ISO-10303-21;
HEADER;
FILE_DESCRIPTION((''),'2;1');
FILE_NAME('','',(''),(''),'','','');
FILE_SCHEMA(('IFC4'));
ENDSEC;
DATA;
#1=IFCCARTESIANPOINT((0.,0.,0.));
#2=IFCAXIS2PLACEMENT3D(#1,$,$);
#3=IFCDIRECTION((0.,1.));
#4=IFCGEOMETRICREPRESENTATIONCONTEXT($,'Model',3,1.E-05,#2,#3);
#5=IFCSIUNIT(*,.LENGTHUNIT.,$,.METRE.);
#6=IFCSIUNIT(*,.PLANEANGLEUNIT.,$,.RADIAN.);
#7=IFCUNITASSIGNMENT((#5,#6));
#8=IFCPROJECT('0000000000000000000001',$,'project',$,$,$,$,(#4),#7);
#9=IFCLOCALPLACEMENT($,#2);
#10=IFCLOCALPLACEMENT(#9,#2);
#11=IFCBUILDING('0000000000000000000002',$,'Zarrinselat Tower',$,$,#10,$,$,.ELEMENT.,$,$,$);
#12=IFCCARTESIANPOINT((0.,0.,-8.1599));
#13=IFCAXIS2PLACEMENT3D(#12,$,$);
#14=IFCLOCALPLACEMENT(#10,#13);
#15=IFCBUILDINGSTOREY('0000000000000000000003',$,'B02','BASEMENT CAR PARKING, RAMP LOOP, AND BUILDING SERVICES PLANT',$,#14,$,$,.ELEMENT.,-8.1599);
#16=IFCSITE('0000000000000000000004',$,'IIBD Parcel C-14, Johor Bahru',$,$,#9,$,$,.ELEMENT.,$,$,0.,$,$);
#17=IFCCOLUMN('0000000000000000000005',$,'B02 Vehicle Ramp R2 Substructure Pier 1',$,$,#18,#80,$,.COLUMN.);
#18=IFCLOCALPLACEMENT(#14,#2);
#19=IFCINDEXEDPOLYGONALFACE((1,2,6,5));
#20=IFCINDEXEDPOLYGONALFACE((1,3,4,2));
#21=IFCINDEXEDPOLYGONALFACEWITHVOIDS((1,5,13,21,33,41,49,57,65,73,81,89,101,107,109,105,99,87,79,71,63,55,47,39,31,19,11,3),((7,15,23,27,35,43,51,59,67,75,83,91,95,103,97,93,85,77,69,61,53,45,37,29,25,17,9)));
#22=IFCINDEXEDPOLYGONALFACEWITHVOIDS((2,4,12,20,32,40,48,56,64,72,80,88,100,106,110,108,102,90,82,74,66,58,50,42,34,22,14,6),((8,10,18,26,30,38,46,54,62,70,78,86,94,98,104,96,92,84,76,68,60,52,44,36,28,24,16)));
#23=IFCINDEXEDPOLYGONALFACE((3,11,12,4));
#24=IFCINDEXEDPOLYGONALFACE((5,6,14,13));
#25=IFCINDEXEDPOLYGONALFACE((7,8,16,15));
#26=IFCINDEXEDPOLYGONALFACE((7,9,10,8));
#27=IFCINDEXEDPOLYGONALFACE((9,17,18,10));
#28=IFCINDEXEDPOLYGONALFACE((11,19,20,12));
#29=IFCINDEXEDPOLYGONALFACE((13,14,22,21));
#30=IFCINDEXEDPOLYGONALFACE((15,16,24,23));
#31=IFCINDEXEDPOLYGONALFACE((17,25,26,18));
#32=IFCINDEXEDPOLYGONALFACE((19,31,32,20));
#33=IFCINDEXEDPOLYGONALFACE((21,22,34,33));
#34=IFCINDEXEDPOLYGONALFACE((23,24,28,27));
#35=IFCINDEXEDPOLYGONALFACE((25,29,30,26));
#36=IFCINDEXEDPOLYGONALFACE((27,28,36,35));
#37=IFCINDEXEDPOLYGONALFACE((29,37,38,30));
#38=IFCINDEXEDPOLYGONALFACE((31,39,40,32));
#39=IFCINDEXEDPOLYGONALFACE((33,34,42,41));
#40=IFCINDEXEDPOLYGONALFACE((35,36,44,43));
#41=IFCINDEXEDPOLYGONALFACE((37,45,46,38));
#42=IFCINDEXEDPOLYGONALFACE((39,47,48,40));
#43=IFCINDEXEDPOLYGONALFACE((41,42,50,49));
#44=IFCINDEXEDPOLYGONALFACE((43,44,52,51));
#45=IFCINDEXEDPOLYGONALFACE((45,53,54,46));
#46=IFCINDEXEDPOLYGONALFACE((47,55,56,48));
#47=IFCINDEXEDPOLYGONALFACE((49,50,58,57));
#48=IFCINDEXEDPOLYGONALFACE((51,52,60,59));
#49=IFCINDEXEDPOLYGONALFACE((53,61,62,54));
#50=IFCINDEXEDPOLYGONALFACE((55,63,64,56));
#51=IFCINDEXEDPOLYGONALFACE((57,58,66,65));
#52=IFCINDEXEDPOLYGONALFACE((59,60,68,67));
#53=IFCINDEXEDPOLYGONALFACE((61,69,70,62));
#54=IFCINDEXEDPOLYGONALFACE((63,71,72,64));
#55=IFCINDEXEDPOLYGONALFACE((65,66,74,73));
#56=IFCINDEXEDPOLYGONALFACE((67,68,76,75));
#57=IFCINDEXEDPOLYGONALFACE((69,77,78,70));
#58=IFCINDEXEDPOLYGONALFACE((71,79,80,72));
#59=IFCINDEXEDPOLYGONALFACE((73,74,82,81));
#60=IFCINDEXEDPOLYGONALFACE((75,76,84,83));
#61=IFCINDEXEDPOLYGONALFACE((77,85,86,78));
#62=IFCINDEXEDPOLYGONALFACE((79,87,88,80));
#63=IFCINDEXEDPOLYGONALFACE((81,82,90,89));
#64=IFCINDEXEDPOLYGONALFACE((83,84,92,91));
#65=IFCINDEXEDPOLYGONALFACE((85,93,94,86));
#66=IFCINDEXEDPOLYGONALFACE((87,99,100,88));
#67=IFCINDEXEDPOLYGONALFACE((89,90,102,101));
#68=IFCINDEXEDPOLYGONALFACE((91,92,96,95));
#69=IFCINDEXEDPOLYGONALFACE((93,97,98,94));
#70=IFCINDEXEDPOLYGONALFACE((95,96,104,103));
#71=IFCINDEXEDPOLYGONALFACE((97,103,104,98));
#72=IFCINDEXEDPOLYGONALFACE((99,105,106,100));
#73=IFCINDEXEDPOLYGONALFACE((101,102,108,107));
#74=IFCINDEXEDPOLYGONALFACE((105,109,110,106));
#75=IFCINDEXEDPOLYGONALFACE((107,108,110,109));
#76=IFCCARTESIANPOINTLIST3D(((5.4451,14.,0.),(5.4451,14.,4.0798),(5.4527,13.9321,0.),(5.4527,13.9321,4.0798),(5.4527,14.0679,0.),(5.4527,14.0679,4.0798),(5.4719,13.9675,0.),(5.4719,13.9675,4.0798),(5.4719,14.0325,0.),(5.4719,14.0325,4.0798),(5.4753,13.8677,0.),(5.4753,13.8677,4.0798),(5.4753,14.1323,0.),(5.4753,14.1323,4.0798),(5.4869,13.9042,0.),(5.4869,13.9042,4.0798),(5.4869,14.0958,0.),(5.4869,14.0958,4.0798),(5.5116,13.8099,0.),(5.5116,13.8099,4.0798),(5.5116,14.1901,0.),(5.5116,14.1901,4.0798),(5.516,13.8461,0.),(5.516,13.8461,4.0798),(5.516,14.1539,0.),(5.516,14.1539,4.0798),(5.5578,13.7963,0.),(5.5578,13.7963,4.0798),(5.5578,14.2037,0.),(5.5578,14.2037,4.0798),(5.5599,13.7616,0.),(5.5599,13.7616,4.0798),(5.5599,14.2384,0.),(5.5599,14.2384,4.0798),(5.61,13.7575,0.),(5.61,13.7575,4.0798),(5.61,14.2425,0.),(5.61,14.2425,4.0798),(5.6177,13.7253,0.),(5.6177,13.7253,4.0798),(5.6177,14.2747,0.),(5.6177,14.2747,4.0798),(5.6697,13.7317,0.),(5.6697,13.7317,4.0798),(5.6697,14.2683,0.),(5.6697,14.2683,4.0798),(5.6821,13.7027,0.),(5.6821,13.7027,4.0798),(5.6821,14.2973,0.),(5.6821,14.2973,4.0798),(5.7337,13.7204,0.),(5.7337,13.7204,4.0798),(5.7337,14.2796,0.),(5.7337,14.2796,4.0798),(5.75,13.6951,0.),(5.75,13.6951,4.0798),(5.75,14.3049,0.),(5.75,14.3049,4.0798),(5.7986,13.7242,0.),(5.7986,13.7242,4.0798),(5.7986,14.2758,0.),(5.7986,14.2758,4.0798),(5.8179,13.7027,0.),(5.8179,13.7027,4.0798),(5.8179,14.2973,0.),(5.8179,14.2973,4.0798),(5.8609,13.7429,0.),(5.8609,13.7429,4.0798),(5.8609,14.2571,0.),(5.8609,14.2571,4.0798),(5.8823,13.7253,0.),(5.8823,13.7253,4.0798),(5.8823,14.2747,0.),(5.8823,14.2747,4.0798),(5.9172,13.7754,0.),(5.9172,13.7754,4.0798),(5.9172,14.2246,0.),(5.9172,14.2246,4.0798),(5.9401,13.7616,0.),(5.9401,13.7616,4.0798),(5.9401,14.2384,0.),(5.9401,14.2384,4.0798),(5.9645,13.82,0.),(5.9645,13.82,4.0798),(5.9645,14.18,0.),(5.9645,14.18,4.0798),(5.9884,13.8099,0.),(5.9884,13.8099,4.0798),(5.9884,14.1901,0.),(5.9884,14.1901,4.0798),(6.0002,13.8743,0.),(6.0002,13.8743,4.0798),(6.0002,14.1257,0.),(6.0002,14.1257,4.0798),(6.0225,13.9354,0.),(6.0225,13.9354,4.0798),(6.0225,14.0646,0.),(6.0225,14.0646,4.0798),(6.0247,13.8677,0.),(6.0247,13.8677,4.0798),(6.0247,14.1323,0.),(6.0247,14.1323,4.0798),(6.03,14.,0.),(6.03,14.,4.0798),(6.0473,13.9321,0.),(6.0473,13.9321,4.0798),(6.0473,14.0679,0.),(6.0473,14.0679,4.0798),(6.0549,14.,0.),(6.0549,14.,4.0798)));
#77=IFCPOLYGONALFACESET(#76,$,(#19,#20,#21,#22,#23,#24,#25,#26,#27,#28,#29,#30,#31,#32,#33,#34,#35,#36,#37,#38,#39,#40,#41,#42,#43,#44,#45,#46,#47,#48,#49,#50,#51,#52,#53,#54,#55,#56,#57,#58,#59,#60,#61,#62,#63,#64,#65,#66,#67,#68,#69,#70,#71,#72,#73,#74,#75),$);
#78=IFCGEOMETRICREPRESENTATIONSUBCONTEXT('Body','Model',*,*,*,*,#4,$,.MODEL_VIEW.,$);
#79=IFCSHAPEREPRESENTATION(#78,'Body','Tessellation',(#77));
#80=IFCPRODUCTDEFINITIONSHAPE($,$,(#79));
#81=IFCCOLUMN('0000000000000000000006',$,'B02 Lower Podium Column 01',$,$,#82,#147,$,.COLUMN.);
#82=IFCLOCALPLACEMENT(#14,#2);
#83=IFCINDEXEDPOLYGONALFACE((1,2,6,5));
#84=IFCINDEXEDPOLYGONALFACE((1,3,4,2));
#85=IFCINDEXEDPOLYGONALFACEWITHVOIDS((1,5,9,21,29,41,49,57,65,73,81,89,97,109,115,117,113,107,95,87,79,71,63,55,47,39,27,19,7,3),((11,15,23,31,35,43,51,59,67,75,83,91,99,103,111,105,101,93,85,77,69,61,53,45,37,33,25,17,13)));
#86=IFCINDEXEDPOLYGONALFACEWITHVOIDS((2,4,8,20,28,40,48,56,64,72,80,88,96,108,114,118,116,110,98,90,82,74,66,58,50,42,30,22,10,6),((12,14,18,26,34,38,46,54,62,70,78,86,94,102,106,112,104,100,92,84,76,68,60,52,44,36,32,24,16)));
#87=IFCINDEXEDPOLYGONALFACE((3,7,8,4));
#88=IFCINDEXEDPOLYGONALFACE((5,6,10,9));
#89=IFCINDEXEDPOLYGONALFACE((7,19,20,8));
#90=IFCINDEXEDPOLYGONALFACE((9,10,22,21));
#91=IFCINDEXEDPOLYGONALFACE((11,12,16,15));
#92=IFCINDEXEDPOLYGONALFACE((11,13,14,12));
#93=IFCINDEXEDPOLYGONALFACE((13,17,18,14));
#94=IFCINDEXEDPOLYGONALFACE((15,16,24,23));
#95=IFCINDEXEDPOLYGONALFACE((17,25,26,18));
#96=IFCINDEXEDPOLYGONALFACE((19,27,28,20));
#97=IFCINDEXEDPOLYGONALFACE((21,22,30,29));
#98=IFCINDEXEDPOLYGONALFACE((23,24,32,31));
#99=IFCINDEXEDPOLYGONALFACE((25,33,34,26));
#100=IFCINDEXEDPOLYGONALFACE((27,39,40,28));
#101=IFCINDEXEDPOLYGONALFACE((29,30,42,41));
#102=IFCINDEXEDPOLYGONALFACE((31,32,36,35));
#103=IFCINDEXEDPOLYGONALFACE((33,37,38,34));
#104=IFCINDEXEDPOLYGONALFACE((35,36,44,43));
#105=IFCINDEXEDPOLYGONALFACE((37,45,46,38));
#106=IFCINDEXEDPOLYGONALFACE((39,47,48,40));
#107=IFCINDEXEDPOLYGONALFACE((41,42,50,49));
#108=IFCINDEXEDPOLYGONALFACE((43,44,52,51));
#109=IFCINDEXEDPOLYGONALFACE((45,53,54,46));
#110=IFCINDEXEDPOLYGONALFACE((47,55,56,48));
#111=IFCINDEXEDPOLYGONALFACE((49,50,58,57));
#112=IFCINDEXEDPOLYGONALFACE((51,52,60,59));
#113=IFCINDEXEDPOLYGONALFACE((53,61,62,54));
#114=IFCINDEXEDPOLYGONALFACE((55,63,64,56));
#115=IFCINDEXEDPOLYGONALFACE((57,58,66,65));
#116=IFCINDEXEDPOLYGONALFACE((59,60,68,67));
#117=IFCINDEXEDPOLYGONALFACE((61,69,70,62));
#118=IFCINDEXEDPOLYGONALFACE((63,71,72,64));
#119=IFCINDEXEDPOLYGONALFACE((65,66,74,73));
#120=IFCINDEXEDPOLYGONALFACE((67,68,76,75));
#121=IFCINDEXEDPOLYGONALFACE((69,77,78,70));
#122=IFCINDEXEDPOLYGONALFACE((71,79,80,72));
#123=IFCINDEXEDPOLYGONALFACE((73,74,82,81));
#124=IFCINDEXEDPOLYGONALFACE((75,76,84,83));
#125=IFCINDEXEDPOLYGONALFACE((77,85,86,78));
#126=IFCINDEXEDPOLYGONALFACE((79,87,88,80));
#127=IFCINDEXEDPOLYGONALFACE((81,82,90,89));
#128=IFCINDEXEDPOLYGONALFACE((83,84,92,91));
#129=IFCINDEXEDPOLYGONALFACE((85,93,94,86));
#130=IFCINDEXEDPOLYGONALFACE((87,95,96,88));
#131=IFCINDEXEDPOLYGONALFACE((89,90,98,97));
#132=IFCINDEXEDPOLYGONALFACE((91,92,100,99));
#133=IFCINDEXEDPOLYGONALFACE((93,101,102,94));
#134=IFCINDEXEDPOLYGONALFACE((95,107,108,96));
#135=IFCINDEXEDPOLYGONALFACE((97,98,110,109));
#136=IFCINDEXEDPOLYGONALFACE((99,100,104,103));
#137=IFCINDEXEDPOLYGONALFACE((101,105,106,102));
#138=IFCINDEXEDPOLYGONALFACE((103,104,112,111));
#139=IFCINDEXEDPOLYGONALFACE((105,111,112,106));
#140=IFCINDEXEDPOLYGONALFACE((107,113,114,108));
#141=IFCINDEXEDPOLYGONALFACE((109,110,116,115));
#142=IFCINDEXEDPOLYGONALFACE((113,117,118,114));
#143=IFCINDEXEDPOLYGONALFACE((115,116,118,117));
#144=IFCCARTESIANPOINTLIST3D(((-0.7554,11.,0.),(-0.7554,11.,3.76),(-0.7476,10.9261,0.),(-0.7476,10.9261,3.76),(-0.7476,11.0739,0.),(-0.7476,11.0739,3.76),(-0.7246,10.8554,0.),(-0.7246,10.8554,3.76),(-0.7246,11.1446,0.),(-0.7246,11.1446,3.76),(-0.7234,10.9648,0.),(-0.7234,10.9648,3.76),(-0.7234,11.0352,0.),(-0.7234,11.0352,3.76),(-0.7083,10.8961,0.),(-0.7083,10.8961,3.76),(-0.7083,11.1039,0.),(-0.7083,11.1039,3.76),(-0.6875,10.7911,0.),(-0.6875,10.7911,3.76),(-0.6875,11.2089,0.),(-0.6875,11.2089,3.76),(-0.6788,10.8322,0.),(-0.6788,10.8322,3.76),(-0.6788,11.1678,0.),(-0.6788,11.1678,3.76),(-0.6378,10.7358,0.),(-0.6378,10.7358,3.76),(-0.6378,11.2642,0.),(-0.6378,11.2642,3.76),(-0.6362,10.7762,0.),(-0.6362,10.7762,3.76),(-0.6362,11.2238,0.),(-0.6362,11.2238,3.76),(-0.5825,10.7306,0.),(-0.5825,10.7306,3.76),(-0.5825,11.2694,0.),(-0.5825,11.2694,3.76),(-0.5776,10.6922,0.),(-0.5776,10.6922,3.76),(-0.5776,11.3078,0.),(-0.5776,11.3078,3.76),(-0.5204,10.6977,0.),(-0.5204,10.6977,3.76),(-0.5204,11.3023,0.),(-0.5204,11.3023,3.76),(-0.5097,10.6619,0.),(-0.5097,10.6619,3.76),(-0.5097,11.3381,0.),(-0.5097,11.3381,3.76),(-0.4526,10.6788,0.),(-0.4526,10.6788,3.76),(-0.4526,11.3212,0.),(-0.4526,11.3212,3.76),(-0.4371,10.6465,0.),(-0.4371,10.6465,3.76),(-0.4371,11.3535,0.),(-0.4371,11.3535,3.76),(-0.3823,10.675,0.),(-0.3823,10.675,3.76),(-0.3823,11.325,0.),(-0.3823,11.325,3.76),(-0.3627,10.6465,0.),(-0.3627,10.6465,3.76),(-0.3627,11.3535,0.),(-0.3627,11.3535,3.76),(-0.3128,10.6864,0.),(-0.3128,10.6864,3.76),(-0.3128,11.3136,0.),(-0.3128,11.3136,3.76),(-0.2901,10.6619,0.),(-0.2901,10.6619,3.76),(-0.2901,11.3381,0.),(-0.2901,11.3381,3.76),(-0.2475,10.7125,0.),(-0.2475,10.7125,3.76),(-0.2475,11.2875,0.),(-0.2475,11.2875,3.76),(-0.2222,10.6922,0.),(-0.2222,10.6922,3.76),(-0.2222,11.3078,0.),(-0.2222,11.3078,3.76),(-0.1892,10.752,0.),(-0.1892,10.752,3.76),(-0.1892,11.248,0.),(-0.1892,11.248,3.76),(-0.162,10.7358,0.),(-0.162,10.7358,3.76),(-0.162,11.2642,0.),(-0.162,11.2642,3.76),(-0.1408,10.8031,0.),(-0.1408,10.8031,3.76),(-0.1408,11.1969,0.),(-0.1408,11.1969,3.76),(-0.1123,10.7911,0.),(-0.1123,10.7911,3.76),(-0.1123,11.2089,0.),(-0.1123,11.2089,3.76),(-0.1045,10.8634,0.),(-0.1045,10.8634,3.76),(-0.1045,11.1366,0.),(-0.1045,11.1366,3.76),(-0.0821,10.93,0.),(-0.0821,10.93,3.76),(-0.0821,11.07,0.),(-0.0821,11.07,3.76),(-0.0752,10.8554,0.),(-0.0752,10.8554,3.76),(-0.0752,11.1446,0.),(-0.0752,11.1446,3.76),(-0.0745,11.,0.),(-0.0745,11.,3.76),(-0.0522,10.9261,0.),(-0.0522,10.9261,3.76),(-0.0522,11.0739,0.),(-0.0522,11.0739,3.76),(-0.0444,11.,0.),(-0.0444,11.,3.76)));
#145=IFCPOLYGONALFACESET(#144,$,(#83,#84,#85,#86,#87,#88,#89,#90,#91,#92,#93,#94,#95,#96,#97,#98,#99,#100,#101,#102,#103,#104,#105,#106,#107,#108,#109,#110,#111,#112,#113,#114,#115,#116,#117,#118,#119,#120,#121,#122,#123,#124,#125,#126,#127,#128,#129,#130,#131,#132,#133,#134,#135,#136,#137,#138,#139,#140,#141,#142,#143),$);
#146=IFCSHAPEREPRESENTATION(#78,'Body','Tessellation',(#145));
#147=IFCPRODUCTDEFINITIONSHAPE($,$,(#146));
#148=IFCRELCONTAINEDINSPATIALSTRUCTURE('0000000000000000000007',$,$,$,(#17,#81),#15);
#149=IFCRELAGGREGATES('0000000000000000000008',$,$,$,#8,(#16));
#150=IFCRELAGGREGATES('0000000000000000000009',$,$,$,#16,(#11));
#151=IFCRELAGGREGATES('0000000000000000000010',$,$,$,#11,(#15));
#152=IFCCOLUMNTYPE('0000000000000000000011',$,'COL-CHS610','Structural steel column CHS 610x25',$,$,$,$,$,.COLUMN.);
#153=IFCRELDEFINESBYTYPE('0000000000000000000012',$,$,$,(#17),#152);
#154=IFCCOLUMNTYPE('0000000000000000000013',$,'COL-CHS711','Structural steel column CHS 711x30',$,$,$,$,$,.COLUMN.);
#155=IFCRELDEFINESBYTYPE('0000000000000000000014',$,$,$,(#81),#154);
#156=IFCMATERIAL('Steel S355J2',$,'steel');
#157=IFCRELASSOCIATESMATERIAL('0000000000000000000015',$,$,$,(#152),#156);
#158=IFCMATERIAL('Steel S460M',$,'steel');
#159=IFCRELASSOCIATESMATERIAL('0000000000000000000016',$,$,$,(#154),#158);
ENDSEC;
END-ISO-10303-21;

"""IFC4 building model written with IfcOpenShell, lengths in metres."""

from ifc_helpers import new_model, si_unit, direction, frame, origin, origin_2d, place, context, subcontext, project, spatial, hollow_circle, extrude, material, material_profile, profile_set, type_object, element, save


model = new_model("IFC4")

# Units and contexts
model_context = context("Model", 3, precision=1e-05, world=origin(), true_north=direction((0.0, 1.0)))
body_context = subcontext(model_context, "Body", "Model", "MODEL_VIEW")
ifc_project = project(units=[si_unit("LENGTHUNIT", "METRE"), si_unit("PLANEANGLEUNIT", "RADIAN")], contexts=[model_context])

# Site, building, storey
site_placement = place(None, origin())
site = spatial("IfcSite", under=ifc_project, at=site_placement, Name="IIBD Parcel C-14, Johor Bahru", CompositionType="ELEMENT", RefElevation=0.0)
building_placement = place(site_placement, origin())
building = spatial("IfcBuilding", under=site, at=building_placement, Name="Zarrinselat Tower", CompositionType="ELEMENT")
storey_placement = place(building_placement, frame((0.0, 0.0, -8.1599)))
storey = spatial("IfcBuildingStorey", under=building, at=storey_placement, Name="B02", Description="BASEMENT CAR PARKING, RAMP LOOP, AND BUILDING SERVICES PLANT", CompositionType="ELEMENT", Elevation=-8.1599)

# Columns
ifc_material_1 = material(Name="Steel S355J2", Category="steel")
ifc_material_profile_1 = material_profile(ifc_material_1, hollow_circle(Radius=0.3049, WallThickness=0.0249, at=origin_2d()), Name="CHS 610x25")
ifc_profile_set_1 = profile_set([ifc_material_profile_1], Name="Steel S355J2")
column_type_1 = type_object("IfcColumnType", Name="COL-CHS610", Description="Structural steel column CHS 610x25", PredefinedType="COLUMN", material=ifc_profile_set_1)
for number, where, z_axis, x_axis, name in (
    (1, (5.75, 14.0, 0.0), (0.0, 0.0, 1.0), (1.0, 0.0, 0.0), "B02 Vehicle Ramp R2 Substructure Pier 1"),
):
    element("IfcColumn", number, at=place(storey_placement, frame(where, z_axis=z_axis, x_axis=x_axis)), inside=storey, type_object=column_type_1, Name=name, PredefinedType="COLUMN", context=body_context, shape_type="SweptSolid", body=[
        extrude(hollow_circle(Radius=0.3049, WallThickness=0.0249, at=origin_2d()), origin(), (0.0, 0.0, 1.0), 4.0798),
    ])
ifc_material_2 = material(Name="Steel S460M", Category="steel")
ifc_material_profile_2 = material_profile(ifc_material_2, hollow_circle(Radius=0.3555, WallThickness=0.03, at=origin_2d()), Name="CHS 711x30")
ifc_profile_set_2 = profile_set([ifc_material_profile_2], Name="Steel S460M")
column_type_2 = type_object("IfcColumnType", Name="COL-CHS711", Description="Structural steel column CHS 711x30", PredefinedType="COLUMN", material=ifc_profile_set_2)
for number, where, z_axis, x_axis, name in (
    (2, (-0.3999, 11.0, 0.0), (0.0, 0.0, 1.0), (1.0, 0.0, 0.0), "B02 Lower Podium Column 01"),
):
    element("IfcColumn", number, at=place(storey_placement, frame(where, z_axis=z_axis, x_axis=x_axis)), inside=storey, type_object=column_type_2, Name=name, PredefinedType="COLUMN", context=body_context, shape_type="SweptSolid", body=[
        extrude(hollow_circle(Radius=0.3555, WallThickness=0.03, at=origin_2d()), origin(), (0.0, 0.0, 1.0), 3.76),
    ])

save(model, "model.ifc")
